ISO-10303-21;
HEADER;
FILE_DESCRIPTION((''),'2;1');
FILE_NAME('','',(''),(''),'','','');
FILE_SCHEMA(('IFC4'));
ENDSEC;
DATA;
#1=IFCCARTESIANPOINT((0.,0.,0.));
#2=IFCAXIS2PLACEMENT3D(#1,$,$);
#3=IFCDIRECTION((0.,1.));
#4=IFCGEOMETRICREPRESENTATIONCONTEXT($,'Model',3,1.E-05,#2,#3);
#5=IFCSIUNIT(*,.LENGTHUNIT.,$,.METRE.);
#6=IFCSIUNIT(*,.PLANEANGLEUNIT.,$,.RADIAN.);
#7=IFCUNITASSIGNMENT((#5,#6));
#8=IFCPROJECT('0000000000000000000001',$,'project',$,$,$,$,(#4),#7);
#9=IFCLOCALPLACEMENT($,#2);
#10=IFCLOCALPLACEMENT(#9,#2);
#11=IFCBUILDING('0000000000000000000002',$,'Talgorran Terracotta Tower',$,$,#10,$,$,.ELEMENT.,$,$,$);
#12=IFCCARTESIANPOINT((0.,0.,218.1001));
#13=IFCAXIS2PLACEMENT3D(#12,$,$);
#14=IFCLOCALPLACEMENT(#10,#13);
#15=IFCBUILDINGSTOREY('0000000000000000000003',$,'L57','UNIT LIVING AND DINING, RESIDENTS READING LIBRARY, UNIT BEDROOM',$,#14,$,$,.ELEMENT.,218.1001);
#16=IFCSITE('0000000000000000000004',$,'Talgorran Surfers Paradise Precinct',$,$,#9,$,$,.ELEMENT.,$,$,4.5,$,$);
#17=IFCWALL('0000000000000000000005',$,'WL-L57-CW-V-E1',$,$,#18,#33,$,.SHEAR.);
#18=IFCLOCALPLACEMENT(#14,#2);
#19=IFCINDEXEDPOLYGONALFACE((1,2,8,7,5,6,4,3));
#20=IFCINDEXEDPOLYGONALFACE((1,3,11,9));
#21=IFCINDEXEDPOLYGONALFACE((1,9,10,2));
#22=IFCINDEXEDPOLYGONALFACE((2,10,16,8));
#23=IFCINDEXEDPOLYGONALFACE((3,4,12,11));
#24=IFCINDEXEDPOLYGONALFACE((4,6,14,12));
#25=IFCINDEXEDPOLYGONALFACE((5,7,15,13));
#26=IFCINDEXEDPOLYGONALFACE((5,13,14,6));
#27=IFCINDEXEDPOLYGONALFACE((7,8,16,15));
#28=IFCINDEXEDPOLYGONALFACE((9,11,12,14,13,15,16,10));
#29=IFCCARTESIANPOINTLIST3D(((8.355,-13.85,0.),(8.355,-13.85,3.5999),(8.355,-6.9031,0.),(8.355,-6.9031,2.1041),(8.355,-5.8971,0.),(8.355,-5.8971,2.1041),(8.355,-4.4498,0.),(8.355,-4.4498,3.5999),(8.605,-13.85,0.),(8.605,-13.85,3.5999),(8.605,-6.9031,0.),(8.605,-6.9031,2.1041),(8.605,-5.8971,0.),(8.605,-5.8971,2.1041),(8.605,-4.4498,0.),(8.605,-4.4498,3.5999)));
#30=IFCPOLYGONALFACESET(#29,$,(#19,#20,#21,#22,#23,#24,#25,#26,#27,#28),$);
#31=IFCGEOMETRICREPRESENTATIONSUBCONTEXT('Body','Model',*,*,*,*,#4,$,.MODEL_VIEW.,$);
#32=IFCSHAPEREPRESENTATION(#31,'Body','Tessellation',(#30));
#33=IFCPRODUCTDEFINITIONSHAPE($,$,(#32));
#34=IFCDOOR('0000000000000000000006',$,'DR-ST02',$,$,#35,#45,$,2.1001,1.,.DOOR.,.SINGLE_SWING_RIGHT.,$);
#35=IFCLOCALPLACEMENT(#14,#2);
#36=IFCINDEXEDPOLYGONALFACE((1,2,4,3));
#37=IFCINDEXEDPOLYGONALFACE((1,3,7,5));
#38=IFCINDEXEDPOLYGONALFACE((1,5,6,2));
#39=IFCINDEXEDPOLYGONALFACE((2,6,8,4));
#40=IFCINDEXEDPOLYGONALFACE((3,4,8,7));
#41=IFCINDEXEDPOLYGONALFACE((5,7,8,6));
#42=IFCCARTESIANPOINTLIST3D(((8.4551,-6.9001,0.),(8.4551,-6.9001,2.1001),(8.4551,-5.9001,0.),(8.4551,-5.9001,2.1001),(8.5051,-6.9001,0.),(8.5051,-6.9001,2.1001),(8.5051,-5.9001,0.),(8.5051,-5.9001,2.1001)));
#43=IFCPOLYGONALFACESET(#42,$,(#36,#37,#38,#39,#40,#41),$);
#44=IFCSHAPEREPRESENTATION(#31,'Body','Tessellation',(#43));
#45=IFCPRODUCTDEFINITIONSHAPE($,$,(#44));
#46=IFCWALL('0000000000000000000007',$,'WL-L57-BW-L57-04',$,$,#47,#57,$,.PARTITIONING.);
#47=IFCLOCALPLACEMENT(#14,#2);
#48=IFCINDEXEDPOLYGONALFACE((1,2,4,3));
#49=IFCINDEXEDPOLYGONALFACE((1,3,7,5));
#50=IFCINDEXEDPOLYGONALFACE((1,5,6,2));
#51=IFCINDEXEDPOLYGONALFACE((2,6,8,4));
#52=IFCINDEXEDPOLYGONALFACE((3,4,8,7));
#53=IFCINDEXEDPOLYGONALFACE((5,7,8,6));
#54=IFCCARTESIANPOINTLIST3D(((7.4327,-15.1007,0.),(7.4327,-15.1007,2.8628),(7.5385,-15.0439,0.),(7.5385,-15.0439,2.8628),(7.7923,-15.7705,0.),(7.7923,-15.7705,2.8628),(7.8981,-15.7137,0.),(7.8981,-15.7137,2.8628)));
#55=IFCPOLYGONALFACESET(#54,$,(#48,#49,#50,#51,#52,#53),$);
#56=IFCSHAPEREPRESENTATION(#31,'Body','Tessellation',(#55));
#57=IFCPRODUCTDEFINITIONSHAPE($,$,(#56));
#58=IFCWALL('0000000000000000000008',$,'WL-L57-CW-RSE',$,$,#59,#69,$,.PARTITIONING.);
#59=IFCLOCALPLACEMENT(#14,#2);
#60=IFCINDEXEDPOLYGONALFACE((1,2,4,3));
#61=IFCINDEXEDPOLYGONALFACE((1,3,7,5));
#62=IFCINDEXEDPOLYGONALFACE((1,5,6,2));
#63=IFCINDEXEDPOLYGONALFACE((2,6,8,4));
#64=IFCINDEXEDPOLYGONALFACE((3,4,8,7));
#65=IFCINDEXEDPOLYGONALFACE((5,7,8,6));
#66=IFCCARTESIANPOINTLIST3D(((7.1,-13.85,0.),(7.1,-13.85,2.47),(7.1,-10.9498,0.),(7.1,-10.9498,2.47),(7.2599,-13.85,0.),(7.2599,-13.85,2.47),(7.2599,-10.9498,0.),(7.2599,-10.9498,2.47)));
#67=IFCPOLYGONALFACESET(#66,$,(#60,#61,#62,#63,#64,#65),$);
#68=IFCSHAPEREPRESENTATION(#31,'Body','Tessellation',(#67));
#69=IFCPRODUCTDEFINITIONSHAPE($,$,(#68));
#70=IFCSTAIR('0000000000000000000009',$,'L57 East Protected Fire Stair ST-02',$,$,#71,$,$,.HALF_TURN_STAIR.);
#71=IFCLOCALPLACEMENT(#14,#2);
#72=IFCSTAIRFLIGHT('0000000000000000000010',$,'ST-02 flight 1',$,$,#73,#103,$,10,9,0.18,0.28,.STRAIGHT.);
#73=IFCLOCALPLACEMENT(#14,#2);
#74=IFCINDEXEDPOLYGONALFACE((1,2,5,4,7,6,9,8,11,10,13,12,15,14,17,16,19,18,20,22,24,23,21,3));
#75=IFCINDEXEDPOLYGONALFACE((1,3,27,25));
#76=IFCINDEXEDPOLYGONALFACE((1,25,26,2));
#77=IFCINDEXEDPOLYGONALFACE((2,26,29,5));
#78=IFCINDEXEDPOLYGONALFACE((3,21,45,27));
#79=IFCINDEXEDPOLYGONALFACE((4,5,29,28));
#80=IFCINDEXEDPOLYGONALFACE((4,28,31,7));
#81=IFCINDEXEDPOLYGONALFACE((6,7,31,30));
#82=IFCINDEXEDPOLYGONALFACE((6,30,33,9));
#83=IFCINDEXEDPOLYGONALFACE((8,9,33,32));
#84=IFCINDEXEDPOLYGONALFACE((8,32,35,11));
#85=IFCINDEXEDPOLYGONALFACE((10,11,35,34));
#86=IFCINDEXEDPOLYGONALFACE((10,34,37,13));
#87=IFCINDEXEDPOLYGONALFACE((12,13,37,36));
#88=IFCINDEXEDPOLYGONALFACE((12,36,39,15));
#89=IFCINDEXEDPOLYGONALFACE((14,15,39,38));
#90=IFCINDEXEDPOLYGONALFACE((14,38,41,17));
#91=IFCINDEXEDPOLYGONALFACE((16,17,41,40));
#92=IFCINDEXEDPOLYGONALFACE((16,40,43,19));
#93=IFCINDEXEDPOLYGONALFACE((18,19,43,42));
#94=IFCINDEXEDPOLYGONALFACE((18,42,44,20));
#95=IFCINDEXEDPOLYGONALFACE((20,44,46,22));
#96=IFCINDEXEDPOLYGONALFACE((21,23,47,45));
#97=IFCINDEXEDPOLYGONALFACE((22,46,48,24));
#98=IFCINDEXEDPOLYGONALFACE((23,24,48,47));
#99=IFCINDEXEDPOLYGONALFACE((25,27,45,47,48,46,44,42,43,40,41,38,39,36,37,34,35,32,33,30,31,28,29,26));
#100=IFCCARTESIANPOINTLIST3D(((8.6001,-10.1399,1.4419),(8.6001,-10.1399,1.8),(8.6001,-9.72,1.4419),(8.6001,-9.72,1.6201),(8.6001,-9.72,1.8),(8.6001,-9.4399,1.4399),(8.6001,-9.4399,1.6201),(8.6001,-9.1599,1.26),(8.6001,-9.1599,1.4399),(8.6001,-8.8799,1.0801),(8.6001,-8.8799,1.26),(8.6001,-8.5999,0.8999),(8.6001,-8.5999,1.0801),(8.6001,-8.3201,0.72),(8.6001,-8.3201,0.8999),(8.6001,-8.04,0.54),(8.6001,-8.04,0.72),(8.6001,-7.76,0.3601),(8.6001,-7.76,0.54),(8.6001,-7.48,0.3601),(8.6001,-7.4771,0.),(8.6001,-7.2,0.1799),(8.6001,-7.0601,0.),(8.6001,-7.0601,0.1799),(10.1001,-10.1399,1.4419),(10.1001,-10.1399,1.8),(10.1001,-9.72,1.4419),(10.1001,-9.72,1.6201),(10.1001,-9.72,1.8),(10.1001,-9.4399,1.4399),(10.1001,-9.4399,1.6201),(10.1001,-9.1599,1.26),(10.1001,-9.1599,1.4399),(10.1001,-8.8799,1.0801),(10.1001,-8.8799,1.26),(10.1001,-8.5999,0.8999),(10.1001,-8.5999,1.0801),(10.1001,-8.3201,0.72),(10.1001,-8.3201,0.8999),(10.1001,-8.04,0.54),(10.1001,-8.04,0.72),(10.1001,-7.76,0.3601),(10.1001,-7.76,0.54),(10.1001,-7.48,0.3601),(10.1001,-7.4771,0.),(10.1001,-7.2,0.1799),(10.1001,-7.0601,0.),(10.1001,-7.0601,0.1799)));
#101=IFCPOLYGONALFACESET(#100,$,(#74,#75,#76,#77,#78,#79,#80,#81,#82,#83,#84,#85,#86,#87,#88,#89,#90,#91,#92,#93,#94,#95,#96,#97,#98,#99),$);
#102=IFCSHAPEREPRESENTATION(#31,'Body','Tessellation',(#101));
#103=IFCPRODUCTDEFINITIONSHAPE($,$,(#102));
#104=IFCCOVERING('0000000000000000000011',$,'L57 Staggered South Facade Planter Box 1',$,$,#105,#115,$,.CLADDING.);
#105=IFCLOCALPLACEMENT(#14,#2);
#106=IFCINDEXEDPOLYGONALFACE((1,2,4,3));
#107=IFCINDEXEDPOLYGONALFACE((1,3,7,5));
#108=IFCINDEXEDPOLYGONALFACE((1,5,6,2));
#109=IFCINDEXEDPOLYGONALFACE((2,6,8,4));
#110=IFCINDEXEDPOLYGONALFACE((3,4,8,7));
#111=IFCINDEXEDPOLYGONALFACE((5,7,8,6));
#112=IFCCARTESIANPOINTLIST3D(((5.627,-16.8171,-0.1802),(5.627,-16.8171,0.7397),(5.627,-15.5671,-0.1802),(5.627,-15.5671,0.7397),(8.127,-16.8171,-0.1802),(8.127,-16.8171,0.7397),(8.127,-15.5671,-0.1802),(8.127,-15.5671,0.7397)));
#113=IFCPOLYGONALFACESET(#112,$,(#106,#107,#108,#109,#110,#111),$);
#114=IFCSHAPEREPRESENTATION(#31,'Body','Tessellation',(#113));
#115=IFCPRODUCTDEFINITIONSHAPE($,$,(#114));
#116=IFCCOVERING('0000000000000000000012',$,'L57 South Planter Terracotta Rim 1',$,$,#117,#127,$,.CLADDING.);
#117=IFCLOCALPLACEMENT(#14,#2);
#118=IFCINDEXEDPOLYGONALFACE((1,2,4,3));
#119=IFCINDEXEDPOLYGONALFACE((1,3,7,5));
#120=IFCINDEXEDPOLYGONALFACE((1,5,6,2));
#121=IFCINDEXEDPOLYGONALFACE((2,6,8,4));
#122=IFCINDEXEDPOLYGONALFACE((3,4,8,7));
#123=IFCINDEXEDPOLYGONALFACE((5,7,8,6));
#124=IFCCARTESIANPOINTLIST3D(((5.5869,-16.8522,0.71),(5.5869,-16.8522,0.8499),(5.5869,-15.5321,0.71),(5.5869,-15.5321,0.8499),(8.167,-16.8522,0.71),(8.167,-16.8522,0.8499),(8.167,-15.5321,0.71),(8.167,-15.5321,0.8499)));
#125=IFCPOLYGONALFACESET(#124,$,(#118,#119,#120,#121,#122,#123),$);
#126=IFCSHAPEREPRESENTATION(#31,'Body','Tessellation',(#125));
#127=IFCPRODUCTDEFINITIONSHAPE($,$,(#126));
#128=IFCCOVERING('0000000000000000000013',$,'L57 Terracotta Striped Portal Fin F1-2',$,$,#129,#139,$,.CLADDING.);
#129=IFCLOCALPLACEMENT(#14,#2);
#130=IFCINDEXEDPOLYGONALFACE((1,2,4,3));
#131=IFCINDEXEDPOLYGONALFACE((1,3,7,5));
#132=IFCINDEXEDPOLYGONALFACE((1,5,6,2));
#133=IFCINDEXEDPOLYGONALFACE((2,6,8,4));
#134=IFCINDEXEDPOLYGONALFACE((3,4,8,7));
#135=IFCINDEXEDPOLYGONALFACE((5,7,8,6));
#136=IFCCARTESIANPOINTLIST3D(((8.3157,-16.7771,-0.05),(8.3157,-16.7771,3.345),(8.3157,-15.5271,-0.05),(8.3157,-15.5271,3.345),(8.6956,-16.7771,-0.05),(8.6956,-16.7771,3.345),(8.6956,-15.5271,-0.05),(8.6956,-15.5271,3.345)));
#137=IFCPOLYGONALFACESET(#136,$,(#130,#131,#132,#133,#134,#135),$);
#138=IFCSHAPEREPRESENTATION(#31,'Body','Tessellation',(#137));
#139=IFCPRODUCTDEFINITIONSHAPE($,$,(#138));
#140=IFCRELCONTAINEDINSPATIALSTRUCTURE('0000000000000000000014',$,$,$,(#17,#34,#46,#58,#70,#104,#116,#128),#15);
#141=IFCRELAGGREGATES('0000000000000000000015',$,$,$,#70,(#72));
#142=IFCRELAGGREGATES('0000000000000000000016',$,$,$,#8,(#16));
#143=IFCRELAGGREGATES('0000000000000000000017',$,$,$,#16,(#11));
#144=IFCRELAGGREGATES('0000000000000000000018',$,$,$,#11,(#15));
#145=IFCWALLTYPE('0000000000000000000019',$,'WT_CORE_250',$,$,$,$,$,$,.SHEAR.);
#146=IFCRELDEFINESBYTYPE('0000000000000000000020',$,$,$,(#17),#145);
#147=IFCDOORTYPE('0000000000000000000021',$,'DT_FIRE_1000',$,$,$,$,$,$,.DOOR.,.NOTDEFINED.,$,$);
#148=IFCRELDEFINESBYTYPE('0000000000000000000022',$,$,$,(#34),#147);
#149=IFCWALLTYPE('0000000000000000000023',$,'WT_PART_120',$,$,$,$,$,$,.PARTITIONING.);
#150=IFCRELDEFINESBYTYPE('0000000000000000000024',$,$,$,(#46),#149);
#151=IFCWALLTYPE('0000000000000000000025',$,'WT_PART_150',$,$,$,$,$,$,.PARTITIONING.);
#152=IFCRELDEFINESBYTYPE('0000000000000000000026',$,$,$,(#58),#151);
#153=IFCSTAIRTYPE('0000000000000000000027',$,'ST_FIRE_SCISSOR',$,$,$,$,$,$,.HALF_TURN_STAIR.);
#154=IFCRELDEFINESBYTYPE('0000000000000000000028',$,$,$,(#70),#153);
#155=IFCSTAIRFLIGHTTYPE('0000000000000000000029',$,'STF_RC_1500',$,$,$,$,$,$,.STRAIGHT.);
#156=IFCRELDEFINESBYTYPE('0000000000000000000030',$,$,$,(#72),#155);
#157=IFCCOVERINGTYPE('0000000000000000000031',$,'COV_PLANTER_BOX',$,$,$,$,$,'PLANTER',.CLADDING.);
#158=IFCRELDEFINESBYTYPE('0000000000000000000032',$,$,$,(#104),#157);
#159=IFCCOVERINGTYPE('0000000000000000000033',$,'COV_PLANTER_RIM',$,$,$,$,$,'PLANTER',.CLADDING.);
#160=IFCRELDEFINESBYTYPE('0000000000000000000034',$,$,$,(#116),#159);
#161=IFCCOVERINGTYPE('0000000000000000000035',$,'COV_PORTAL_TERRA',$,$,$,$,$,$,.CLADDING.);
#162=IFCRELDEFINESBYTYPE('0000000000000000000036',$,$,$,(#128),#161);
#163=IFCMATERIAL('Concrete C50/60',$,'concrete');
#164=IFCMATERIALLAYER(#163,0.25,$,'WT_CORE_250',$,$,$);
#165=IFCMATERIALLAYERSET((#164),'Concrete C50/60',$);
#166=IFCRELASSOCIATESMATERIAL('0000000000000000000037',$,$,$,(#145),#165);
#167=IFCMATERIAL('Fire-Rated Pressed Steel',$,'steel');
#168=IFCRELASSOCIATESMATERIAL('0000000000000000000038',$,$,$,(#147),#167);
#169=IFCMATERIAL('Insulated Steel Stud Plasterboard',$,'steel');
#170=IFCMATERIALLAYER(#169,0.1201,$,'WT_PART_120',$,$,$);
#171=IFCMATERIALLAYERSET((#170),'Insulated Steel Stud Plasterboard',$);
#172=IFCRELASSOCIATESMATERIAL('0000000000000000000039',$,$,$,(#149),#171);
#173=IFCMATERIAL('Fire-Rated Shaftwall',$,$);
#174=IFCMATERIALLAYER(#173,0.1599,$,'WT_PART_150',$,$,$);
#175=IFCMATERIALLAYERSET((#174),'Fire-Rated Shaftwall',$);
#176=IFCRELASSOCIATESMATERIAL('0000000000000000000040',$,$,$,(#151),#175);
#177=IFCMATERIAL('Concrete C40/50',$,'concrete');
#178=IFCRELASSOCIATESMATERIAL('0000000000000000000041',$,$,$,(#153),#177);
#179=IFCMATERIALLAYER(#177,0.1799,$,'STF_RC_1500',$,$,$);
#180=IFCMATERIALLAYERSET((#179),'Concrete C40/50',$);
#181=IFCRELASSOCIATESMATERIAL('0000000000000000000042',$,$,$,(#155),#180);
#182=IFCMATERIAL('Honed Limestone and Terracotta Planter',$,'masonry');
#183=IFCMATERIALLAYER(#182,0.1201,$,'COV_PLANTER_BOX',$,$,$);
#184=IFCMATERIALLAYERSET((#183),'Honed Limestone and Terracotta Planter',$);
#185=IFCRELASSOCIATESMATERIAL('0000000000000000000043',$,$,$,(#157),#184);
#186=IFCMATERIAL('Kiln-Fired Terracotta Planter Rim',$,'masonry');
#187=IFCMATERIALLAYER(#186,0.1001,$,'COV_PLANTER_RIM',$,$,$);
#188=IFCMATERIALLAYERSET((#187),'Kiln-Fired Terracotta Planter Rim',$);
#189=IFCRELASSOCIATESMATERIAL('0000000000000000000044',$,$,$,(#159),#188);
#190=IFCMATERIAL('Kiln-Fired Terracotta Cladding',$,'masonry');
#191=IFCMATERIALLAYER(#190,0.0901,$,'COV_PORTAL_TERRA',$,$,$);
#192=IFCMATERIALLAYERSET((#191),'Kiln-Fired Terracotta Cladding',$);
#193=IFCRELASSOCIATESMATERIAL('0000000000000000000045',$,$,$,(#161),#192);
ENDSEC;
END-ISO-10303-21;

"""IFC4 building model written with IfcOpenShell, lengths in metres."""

from ifc_helpers import new_model, si_unit, direction, frame, frame_2d, origin, origin_2d, place, context, subcontext, project, spatial, polyline, rectangle, outline, extrude, material, layer, layer_set, type_object, element, fill, aggregate, save


model = new_model("IFC4")

# Units and contexts
model_context = context("Model", 3, precision=1e-05, world=origin(), true_north=direction((0.0, 1.0)))
body_context = subcontext(model_context, "Body", "Model", "MODEL_VIEW")
ifc_project = project(units=[si_unit("LENGTHUNIT", "METRE"), si_unit("PLANEANGLEUNIT", "RADIAN")], contexts=[model_context])

# Site, building, storey
site_placement = place(None, origin())
site = spatial("IfcSite", under=ifc_project, at=site_placement, Name="Talgorran Surfers Paradise Precinct", CompositionType="ELEMENT", RefElevation=4.5)
building_placement = place(site_placement, origin())
building = spatial("IfcBuilding", under=site, at=building_placement, Name="Talgorran Terracotta Tower", CompositionType="ELEMENT")
storey_placement = place(building_placement, frame((0.0, 0.0, 218.1001)))
storey = spatial("IfcBuildingStorey", under=building, at=storey_placement, Name="L57", Description="UNIT LIVING AND DINING, RESIDENTS READING LIBRARY, UNIT BEDROOM", CompositionType="ELEMENT", Elevation=218.1001)

# Shared definitions
ifc_material_1 = material(Name="Concrete C50/60", Category="concrete")

# Wall, opening, door
ifc_layer_1 = layer(ifc_material_1, 0.25, Name="WT_CORE_250")
ifc_layer_set_1 = layer_set([ifc_layer_1], Name="Concrete C50/60")
wall_type_1 = type_object("IfcWallType", Name="WT_CORE_250", PredefinedType="SHEAR", material=ifc_layer_set_1)
wall_1_placement = place(storey_placement, frame((8.48, -13.8501, 0.0), z_axis=(0.0, 0.0, 1.0), x_axis=(0.0, 1.0, 0.0)))
wall_1 = element("IfcWall", 1, at=wall_1_placement, inside=storey, type_object=wall_type_1, Name="WL-L57-CW-V-E1", PredefinedType="SHEAR", context=body_context, shape_type="SweptSolid", body=[
    extrude(rectangle(XDim=9.4001, YDim=0.25, at=frame_2d((4.7002, 0.0))), origin(), (0.0, 0.0, 1.0), 3.5999),
])
opening_placement = place(wall_1_placement, frame((6.95, 0.0, 0.0)))
opening = element("IfcOpeningElement", 2, at=opening_placement, cuts=wall_1, PredefinedType="OPENING", context=body_context, shape_type="SweptSolid", body=[
    extrude(rectangle(XDim=1.006, YDim=2.1041, at=frame_2d((0.5, 1.052))), frame((0.0, 0.135, 0.0), z_axis=(0.0, -1.0, 0.0), x_axis=(1.0, 0.0, 0.0)), (0.0, 0.0, 1.0), 0.27),
])
ifc_material_2 = material(Name="Fire-Rated Pressed Steel", Category="steel")
door_type = type_object("IfcDoorType", Name="DT_FIRE_1000", OperationType="NOTDEFINED", PredefinedType="DOOR", material=ifc_material_2)
door_placement = place(opening_placement, origin())
door = element("IfcDoor", 3, at=door_placement, inside=storey, type_object=door_type, Name="DR-ST02", OperationType="SINGLE_SWING_RIGHT", OverallHeight=2.1001, OverallWidth=1.0, PredefinedType="DOOR", context=body_context, shape_type="SweptSolid", body=[
    extrude(rectangle(XDim=1.0, YDim=2.1001, at=frame_2d((0.5, 1.05))), frame((0.0, 0.0249, 0.0), z_axis=(0.0, -1.0, 0.0), x_axis=(1.0, 0.0, 0.0)), (0.0, 0.0, 1.0), 0.05),
])
fill(opening, door)

# Walls
ifc_material_3 = material(Name="Insulated Steel Stud Plasterboard", Category="steel")
ifc_layer_2 = layer(ifc_material_3, 0.1201, Name="WT_PART_120")
ifc_layer_set_2 = layer_set([ifc_layer_2], Name="Insulated Steel Stud Plasterboard")
wall_type_2 = type_object("IfcWallType", Name="WT_PART_120", PredefinedType="PARTITIONING", material=ifc_layer_set_2)
wall_2_placement = place(storey_placement, frame((7.4856, -15.0723, 0.0), z_axis=(0.0, 0.0, 1.0), x_axis=(0.47297, -0.881079, 0.0)))
element("IfcWall", 4, at=wall_2_placement, inside=storey, type_object=wall_type_2, Name="WL-L57-BW-L57-04", PredefinedType="PARTITIONING", context=body_context, shape_type="SweptSolid", body=[
    extrude(rectangle(XDim=0.7603, YDim=0.1201, at=frame_2d((0.3801, 0.0))), origin(), (0.0, 0.0, 1.0), 2.8628),
])
ifc_material_4 = material(Name="Fire-Rated Shaftwall")
ifc_layer_3 = layer(ifc_material_4, 0.1599, Name="WT_PART_150")
ifc_layer_set_3 = layer_set([ifc_layer_3], Name="Fire-Rated Shaftwall")
wall_type_3 = type_object("IfcWallType", Name="WT_PART_150", PredefinedType="PARTITIONING", material=ifc_layer_set_3)
wall_3_placement = place(storey_placement, frame((7.1799, -13.8501, 0.0), z_axis=(0.0, 0.0, 1.0), x_axis=(0.0, 1.0, 0.0)))
element("IfcWall", 5, at=wall_3_placement, inside=storey, type_object=wall_type_3, Name="WL-L57-CW-RSE", PredefinedType="PARTITIONING", context=body_context, shape_type="SweptSolid", body=[
    extrude(rectangle(XDim=2.9001, YDim=0.1599, at=frame_2d((1.4502, 0.0))), origin(), (0.0, 0.0, 1.0), 2.47),
])

# Stair, stair flight
ifc_material_5 = material(Name="Concrete C40/50", Category="concrete")
stair_type = type_object("IfcStairType", Name="ST_FIRE_SCISSOR", PredefinedType="HALF_TURN_STAIR", material=ifc_material_5)
stair_placement = place(storey_placement, origin())
stair = element("IfcStair", 6, at=stair_placement, inside=storey, type_object=stair_type, Name="L57 East Protected Fire Stair ST-02", PredefinedType="HALF_TURN_STAIR")
ifc_layer_4 = layer(ifc_material_5, 0.1799, Name="STF_RC_1500")
ifc_layer_set_4 = layer_set([ifc_layer_4], Name="Concrete C40/50")
stair_flight_type = type_object("IfcStairFlightType", Name="STF_RC_1500", PredefinedType="STRAIGHT", material=ifc_layer_set_4)
stair_flight_placement = place(storey_placement, frame((9.3501, -7.2, 0.0), z_axis=(0.0, 0.0, 1.0), x_axis=(0.0, -1.0, 0.0)))
stair_flight = element("IfcStairFlight", 7, at=stair_flight_placement, type_object=stair_flight_type, Name="ST-02 flight 1", NumberOfRisers=10, NumberOfTreads=9, PredefinedType="STRAIGHT", RiserHeight=0.18, TreadLength=0.28, context=body_context, shape_type="SweptSolid", body=[
    extrude(outline(polyline([(-0.1399, 0.0), (-0.1399, 0.1799), (0.0, 0.1799), (0.28, 0.3601), (0.5601, 0.3601), (0.5601, 0.54), (0.8401, 0.54), (0.8401, 0.72), (1.1201, 0.72), (1.1201, 0.8999), (1.3999, 0.8999), (1.3999, 1.0801), (1.6799, 1.0801), (1.6799, 1.26), (1.96, 1.26), (1.96, 1.4399), (2.24, 1.4399), (2.24, 1.6201), (2.52, 1.6201), (2.52, 1.8), (2.9399, 1.8), (2.9399, 1.4419), (2.52, 1.4419), (0.2771, 0.0), (-0.1399, 0.0)])), frame((0.0, 0.75, 0.0), z_axis=(0.0, -1.0, 0.0), x_axis=(1.0, 0.0, 0.0)), (0.0, 0.0, 1.0), 1.5),
])
aggregate(stair, [stair_flight])

# Coverings
ifc_material_6 = material(Name="Honed Limestone and Terracotta Planter", Category="masonry")
ifc_layer_5 = layer(ifc_material_6, 0.1201, Name="COV_PLANTER_BOX")
ifc_layer_set_5 = layer_set([ifc_layer_5], Name="Honed Limestone and Terracotta Planter")
covering_type_1 = type_object("IfcCoveringType", Name="COV_PLANTER_BOX", ElementType="PLANTER", PredefinedType="CLADDING", material=ifc_layer_set_5)
covering_1_placement = place(storey_placement, frame((6.877, -16.1921, -0.1802), z_axis=(0.0, 0.0, 1.0), x_axis=(1.0, 0.0, 0.0)))
element("IfcCovering", 8, at=covering_1_placement, inside=storey, type_object=covering_type_1, Name="L57 Staggered South Facade Planter Box 1", PredefinedType="CLADDING", context=body_context, shape_type="SweptSolid", body=[
    extrude(rectangle(XDim=2.5, YDim=1.25, at=origin_2d()), origin(), (0.0, 0.0, 1.0), 0.9199),
])
ifc_material_7 = material(Name="Kiln-Fired Terracotta Planter Rim", Category="masonry")
ifc_layer_6 = layer(ifc_material_7, 0.1001, Name="COV_PLANTER_RIM")
ifc_layer_set_6 = layer_set([ifc_layer_6], Name="Kiln-Fired Terracotta Planter Rim")
covering_type_2 = type_object("IfcCoveringType", Name="COV_PLANTER_RIM", ElementType="PLANTER", PredefinedType="CLADDING", material=ifc_layer_set_6)
covering_2_placement = place(storey_placement, frame((6.877, -16.1921, 0.71), z_axis=(0.0, 0.0, 1.0), x_axis=(1.0, 0.0, 0.0)))
element("IfcCovering", 9, at=covering_2_placement, inside=storey, type_object=covering_type_2, Name="L57 South Planter Terracotta Rim 1", PredefinedType="CLADDING", context=body_context, shape_type="SweptSolid", body=[
    extrude(rectangle(XDim=2.5801, YDim=1.3201, at=origin_2d()), origin(), (0.0, 0.0, 1.0), 0.1399),
])
ifc_material_8 = material(Name="Kiln-Fired Terracotta Cladding", Category="masonry")
ifc_layer_7 = layer(ifc_material_8, 0.0901, Name="COV_PORTAL_TERRA")
ifc_layer_set_7 = layer_set([ifc_layer_7], Name="Kiln-Fired Terracotta Cladding")
covering_type_3 = type_object("IfcCoveringType", Name="COV_PORTAL_TERRA", PredefinedType="CLADDING", material=ifc_layer_set_7)
covering_3_placement = place(storey_placement, frame((8.5056, -16.1521, -0.05), z_axis=(0.0, 0.0, 1.0), x_axis=(1.0, 0.0, 0.0)))
element("IfcCovering", 10, at=covering_3_placement, inside=storey, type_object=covering_type_3, Name="L57 Terracotta Striped Portal Fin F1-2", PredefinedType="CLADDING", context=body_context, shape_type="SweptSolid", body=[
    extrude(rectangle(XDim=0.3799, YDim=1.25, at=origin_2d()), origin(), (0.0, 0.0, 1.0), 3.395),
])

save(model, "model.ifc")
